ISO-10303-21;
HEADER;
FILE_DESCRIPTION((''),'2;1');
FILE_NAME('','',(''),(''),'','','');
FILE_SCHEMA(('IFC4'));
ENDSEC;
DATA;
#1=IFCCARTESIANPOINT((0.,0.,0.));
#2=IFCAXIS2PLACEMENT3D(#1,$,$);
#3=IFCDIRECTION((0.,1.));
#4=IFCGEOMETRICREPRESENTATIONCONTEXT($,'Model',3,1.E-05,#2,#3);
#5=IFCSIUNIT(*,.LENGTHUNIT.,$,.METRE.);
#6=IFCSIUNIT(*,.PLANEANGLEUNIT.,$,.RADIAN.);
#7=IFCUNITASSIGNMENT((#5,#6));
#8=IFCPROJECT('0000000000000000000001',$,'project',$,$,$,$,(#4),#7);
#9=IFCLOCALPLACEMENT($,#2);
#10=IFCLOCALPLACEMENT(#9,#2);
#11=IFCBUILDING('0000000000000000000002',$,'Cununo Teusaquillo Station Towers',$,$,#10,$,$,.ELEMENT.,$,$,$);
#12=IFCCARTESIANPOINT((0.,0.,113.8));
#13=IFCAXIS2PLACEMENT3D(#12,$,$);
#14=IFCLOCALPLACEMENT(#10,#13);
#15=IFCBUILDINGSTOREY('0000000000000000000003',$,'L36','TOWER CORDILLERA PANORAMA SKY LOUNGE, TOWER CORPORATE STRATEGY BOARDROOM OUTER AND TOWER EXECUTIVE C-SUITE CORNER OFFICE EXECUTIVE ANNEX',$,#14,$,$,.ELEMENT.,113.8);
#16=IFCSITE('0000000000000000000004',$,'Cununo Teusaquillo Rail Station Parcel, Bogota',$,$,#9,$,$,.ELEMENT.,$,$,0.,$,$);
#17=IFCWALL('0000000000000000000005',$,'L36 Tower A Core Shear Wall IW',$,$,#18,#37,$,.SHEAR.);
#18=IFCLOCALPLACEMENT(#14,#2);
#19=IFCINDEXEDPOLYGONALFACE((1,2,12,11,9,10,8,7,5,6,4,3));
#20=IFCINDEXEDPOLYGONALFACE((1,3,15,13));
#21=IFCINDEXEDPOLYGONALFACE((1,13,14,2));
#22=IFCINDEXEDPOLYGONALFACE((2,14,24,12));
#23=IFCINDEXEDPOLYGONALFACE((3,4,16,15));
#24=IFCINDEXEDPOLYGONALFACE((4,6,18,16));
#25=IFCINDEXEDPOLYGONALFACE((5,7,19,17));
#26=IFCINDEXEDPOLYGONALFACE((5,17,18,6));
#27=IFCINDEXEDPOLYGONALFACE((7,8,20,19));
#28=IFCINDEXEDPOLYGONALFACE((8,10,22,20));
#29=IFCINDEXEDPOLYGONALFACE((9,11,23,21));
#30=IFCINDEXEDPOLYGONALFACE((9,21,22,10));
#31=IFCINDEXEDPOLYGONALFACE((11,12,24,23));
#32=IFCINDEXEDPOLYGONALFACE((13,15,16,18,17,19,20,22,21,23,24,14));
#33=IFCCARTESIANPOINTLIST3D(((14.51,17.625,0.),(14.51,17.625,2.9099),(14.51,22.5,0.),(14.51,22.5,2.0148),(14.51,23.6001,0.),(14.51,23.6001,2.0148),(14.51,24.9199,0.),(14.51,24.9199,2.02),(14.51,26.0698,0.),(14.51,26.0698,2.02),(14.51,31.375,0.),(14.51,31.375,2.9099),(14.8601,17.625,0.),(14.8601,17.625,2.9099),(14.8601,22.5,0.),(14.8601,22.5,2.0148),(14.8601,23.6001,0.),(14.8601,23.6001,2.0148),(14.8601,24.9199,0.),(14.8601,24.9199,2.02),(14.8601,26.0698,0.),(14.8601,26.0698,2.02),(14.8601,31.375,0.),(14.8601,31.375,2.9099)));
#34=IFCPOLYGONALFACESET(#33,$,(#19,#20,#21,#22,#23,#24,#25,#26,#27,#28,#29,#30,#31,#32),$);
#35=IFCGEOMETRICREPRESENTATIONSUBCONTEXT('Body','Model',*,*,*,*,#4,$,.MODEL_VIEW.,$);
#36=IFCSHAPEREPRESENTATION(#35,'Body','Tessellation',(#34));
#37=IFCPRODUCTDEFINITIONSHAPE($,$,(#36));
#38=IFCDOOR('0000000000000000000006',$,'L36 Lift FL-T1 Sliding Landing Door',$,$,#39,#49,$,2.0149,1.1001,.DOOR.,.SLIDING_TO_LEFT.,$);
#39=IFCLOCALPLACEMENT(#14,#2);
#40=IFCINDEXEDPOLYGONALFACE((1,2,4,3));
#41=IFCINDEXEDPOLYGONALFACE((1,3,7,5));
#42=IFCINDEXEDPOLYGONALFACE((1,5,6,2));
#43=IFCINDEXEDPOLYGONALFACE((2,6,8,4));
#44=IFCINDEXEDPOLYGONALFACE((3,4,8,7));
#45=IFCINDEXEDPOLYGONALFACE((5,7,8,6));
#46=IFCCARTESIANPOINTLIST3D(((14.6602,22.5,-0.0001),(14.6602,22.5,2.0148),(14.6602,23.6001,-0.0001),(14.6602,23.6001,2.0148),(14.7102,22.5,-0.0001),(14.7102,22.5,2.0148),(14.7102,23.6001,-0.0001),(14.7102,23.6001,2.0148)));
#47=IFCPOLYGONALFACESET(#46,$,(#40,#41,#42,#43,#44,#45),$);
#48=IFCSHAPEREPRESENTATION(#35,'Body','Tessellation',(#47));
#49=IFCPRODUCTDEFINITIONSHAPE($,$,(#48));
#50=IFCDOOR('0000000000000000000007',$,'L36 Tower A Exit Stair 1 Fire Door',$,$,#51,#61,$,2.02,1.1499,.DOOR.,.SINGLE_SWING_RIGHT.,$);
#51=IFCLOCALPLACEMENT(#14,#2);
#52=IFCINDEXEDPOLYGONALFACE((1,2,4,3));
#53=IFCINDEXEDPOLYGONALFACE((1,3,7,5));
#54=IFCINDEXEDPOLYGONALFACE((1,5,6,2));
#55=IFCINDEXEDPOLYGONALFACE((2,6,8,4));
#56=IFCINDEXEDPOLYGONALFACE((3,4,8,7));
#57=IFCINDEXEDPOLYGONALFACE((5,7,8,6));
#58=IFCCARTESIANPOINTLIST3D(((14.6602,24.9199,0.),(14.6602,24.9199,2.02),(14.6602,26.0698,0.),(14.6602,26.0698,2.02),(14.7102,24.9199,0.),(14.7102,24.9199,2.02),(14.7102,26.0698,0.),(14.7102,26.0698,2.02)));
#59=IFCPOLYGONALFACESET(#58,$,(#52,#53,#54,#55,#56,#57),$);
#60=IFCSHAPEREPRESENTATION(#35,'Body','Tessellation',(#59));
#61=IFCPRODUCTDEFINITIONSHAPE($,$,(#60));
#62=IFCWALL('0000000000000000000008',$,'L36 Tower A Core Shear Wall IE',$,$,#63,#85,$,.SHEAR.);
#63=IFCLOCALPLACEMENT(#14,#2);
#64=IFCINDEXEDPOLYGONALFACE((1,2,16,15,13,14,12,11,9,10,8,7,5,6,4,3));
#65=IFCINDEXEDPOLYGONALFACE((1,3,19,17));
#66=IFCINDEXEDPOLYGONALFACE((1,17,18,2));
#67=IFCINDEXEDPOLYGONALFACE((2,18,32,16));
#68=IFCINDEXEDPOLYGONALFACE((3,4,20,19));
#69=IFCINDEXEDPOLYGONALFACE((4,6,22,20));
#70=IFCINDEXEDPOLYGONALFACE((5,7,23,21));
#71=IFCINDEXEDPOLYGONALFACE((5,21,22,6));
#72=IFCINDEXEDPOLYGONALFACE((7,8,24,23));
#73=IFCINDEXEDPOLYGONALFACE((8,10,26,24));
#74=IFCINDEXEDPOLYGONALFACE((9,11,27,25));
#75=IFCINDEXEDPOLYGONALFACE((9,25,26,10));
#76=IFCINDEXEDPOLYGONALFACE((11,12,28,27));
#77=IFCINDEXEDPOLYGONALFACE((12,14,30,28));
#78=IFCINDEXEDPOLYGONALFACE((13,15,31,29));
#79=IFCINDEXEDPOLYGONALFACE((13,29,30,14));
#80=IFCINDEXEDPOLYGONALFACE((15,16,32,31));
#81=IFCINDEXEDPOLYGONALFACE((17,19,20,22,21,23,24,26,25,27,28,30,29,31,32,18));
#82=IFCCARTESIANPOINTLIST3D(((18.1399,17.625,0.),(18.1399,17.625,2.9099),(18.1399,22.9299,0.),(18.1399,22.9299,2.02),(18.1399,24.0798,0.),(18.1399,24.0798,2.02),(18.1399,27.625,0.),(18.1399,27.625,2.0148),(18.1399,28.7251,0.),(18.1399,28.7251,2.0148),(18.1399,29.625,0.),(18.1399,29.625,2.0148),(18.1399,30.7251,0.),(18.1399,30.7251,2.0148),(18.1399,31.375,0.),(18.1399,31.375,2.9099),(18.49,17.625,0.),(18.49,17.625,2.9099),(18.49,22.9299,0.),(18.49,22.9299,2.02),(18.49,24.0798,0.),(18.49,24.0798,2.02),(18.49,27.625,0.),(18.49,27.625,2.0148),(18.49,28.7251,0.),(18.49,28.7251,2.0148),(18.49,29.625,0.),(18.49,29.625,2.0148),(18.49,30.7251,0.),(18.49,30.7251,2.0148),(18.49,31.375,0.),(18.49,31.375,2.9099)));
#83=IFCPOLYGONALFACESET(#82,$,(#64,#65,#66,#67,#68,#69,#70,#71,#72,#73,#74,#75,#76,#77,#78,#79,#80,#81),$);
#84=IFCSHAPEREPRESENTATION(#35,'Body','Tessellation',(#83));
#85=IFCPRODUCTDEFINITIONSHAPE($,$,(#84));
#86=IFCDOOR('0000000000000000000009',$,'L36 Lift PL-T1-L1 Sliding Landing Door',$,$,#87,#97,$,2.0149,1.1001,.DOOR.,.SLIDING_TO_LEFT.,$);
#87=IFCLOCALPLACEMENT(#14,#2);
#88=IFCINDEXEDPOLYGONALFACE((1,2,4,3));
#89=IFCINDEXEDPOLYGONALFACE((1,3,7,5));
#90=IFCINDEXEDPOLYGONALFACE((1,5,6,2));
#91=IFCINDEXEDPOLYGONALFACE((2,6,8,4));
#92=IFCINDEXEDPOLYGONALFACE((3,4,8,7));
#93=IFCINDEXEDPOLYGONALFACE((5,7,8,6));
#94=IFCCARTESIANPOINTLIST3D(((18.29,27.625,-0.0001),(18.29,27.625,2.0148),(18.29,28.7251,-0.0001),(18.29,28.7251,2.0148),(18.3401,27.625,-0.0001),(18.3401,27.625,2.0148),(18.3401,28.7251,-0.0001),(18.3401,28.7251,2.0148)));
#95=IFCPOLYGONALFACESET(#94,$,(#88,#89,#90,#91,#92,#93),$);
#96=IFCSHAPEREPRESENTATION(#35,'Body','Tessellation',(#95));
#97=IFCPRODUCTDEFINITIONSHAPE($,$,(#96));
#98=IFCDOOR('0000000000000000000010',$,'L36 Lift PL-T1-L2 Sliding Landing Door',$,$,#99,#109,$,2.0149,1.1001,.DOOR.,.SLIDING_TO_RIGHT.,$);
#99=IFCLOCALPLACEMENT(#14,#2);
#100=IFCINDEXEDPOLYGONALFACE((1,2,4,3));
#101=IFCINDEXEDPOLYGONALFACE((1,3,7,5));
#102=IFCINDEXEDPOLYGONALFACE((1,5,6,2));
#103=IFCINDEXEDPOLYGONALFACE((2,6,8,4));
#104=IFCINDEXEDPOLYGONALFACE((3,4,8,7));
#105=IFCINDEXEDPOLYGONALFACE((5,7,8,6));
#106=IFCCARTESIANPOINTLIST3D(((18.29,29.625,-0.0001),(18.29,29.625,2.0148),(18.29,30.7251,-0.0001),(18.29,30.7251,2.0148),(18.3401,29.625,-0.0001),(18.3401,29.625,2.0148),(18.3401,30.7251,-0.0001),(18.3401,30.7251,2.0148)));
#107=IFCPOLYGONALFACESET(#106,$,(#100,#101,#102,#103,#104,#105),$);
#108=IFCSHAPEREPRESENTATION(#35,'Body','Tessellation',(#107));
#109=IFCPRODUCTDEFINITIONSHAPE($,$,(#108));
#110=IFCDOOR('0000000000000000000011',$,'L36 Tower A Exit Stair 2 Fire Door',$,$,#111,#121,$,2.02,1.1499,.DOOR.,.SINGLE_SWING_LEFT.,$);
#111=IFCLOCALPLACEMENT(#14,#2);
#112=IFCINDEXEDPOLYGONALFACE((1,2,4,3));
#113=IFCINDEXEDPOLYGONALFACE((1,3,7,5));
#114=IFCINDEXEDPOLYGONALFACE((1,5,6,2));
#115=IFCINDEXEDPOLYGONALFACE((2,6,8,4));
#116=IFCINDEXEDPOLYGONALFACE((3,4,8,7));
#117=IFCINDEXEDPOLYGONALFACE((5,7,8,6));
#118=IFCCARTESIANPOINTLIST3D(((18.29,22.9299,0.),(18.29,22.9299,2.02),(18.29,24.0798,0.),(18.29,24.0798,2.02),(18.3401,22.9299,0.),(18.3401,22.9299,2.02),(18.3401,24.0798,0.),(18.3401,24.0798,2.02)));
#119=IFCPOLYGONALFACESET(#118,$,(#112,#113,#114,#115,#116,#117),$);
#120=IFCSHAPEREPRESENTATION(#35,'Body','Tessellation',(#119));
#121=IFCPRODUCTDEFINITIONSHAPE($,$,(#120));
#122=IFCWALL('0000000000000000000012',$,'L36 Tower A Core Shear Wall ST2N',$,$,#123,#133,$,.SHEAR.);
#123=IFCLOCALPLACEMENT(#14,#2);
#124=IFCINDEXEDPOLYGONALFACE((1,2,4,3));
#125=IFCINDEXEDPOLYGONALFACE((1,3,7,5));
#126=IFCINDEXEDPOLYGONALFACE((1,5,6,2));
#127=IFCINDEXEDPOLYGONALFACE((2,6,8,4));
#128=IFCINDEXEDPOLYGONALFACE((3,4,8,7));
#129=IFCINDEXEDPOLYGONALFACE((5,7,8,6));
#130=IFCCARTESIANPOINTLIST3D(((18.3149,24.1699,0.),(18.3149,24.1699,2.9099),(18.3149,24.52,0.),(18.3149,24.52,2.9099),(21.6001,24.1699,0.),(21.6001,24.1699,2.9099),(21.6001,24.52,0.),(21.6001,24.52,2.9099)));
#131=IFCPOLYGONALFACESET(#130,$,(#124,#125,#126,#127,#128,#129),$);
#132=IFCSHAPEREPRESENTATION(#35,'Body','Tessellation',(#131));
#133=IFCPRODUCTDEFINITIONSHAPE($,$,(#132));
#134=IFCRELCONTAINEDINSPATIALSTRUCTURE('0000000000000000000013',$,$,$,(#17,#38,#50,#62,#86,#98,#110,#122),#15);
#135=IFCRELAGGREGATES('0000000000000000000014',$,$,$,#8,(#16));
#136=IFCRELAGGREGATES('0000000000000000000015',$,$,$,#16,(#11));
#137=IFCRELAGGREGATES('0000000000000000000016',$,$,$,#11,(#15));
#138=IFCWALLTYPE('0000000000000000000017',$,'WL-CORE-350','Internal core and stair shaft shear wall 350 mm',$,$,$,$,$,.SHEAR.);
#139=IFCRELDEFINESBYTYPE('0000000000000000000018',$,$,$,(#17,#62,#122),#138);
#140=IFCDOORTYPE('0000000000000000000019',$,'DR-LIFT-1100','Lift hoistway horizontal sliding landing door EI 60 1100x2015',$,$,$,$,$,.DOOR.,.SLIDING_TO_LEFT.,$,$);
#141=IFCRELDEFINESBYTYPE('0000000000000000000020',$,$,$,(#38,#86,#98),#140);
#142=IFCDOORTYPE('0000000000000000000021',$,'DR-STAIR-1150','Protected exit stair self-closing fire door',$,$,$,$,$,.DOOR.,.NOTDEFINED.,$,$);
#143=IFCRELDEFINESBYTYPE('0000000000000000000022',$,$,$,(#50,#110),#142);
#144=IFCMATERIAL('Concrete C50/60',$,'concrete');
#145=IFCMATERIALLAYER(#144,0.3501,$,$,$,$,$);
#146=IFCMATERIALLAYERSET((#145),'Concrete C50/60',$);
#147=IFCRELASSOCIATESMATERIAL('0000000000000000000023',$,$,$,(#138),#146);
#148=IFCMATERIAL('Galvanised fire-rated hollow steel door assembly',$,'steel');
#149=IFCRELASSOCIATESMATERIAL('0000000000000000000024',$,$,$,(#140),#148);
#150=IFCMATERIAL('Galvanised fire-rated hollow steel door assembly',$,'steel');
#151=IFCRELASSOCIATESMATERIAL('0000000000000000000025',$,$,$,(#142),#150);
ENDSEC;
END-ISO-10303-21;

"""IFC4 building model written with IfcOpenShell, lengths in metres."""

from ifc_helpers import new_model, si_unit, direction, frame, frame_2d, origin, place, context, subcontext, project, spatial, rectangle, extrude, source, transform, mapped, material, layer, layer_set, type_object, element, fill, save


model = new_model("IFC4")

# Units and contexts
model_context = context("Model", 3, precision=1e-05, world=origin(), true_north=direction((0.0, 1.0)))
body_context = subcontext(model_context, "Body", "Model", "MODEL_VIEW")
ifc_project = project(units=[si_unit("LENGTHUNIT", "METRE"), si_unit("PLANEANGLEUNIT", "RADIAN")], contexts=[model_context])

# Site, building, storey
site_placement = place(None, origin())
site = spatial("IfcSite", under=ifc_project, at=site_placement, Name="Cununo Teusaquillo Rail Station Parcel, Bogota", CompositionType="ELEMENT", RefElevation=0.0)
building_placement = place(site_placement, origin())
building = spatial("IfcBuilding", under=site, at=building_placement, Name="Cununo Teusaquillo Station Towers", CompositionType="ELEMENT")
storey_placement = place(building_placement, frame((0.0, 0.0, 113.8)))
storey = spatial("IfcBuildingStorey", under=building, at=storey_placement, Name="L36", Description="TOWER CORDILLERA PANORAMA SKY LOUNGE, TOWER CORPORATE STRATEGY BOARDROOM OUTER AND TOWER EXECUTIVE C-SUITE CORNER OFFICE EXECUTIVE ANNEX", CompositionType="ELEMENT", Elevation=113.8)

# Walls, openings, doors
ifc_material_1 = material(Name="Concrete C50/60", Category="concrete")
ifc_layer_1 = layer(ifc_material_1, 0.3501)
ifc_layer_set_1 = layer_set([ifc_layer_1], Name="Concrete C50/60")
wall_type_1 = type_object("IfcWallType", Name="WL-CORE-350", Description="Internal core and stair shaft shear wall 350 mm", PredefinedType="SHEAR", material=ifc_layer_set_1)
wall_1_placement = place(storey_placement, frame((14.6851, 17.625, 0.0), z_axis=(0.0, 0.0, 1.0), x_axis=(0.0, 1.0, 0.0)))
wall_1 = element("IfcWall", 1, at=wall_1_placement, inside=storey, type_object=wall_type_1, Name="L36 Tower A Core Shear Wall IW", PredefinedType="SHEAR", context=body_context, shape_type="SweptSolid", body=[
    extrude(rectangle(XDim=13.75, YDim=0.3501, at=frame_2d((6.875, 0.0))), origin(), (0.0, 0.0, 1.0), 2.9099),
])
shared_shape_1 = source(origin(), body_context, "Body", "SweptSolid", [
    extrude(rectangle(XDim=1.1001, YDim=2.0149, at=frame_2d((0.55, 1.0073))), frame((0.0, 0.1851, 0.0), z_axis=(0.0, -1.0, 0.0), x_axis=(1.0, 0.0, 0.0)), (0.0, 0.0, 1.0), 0.3701),
])
opening_1_placement = place(wall_1_placement, frame((4.875, 0.0, 0.0)))
opening_1 = element("IfcOpeningElement", 2, at=opening_1_placement, cuts=wall_1, PredefinedType="OPENING", context=body_context, shape_type="MappedRepresentation", body=[
    mapped(shared_shape_1, transform((0.0, 0.0, 0.0), x_axis=(1.0, 0.0, 0.0), y_axis=(0.0, 1.0, 0.0), z_axis=(0.0, 0.0, 1.0), scale=1.0)),
])
shared_shape_2 = source(origin(), body_context, "Body", "SweptSolid", [
    extrude(rectangle(XDim=1.1499, YDim=2.02, at=frame_2d((0.575, 1.01))), frame((0.0, 0.1851, 0.0), z_axis=(0.0, -1.0, 0.0), x_axis=(1.0, 0.0, 0.0)), (0.0, 0.0, 1.0), 0.3701),
])
opening_2_placement = place(wall_1_placement, frame((7.2949, 0.0, 0.0)))
opening_2 = element("IfcOpeningElement", 3, at=opening_2_placement, cuts=wall_1, PredefinedType="OPENING", context=body_context, shape_type="MappedRepresentation", body=[
    mapped(shared_shape_2, transform((0.0, 0.0, 0.0), x_axis=(1.0, 0.0, 0.0), y_axis=(0.0, 1.0, 0.0), z_axis=(0.0, 0.0, 1.0), scale=1.0)),
])
ifc_material_2 = material(Name="Galvanised fire-rated hollow steel door assembly", Category="steel")
door_type_1 = type_object("IfcDoorType", Name="DR-LIFT-1100", Description="Lift hoistway horizontal sliding landing door EI 60 1100x2015", OperationType="SLIDING_TO_LEFT", PredefinedType="DOOR", material=ifc_material_2)
shared_shape_3 = source(origin(), body_context, "Body", "SweptSolid", [
    extrude(rectangle(XDim=1.1001, YDim=2.0149, at=frame_2d((0.55, 1.0073))), frame((0.0, 0.0249, 0.0), z_axis=(0.0, -1.0, 0.0), x_axis=(1.0, 0.0, 0.0)), (0.0, 0.0, 1.0), 0.05),
])
door_1_placement = place(opening_1_placement, origin())
door_1 = element("IfcDoor", 4, at=door_1_placement, inside=storey, type_object=door_type_1, Name="L36 Lift FL-T1 Sliding Landing Door", OperationType="SLIDING_TO_LEFT", OverallHeight=2.0149, OverallWidth=1.1001, PredefinedType="DOOR", context=body_context, shape_type="MappedRepresentation", body=[
    mapped(shared_shape_3, transform((0.0, 0.0, 0.0), x_axis=(1.0, 0.0, 0.0), y_axis=(0.0, 1.0, 0.0), z_axis=(0.0, 0.0, 1.0), scale=1.0)),
])
fill(opening_1, door_1)
ifc_material_3 = material(Name="Galvanised fire-rated hollow steel door assembly", Category="steel")
door_type_2 = type_object("IfcDoorType", Name="DR-STAIR-1150", Description="Protected exit stair self-closing fire door", OperationType="NOTDEFINED", PredefinedType="DOOR", material=ifc_material_3)
shared_shape_4 = source(origin(), body_context, "Body", "SweptSolid", [
    extrude(rectangle(XDim=1.1499, YDim=2.02, at=frame_2d((0.575, 1.01))), frame((0.0, 0.0249, 0.0), z_axis=(0.0, -1.0, 0.0), x_axis=(1.0, 0.0, 0.0)), (0.0, 0.0, 1.0), 0.05),
])
door_2_placement = place(opening_2_placement, origin())
door_2 = element("IfcDoor", 5, at=door_2_placement, inside=storey, type_object=door_type_2, Name="L36 Tower A Exit Stair 1 Fire Door", OperationType="SINGLE_SWING_RIGHT", OverallHeight=2.02, OverallWidth=1.1499, PredefinedType="DOOR", context=body_context, shape_type="MappedRepresentation", body=[
    mapped(shared_shape_4, transform((0.0, 0.0, 0.0), x_axis=(1.0, 0.0, 0.0), y_axis=(0.0, 1.0, 0.0), z_axis=(0.0, 0.0, 1.0), scale=1.0)),
])
fill(opening_2, door_2)
wall_2_placement = place(storey_placement, frame((18.3149, 17.625, 0.0), z_axis=(0.0, 0.0, 1.0), x_axis=(0.0, 1.0, 0.0)))
wall_2 = element("IfcWall", 6, at=wall_2_placement, inside=storey, type_object=wall_type_1, Name="L36 Tower A Core Shear Wall IE", PredefinedType="SHEAR", context=body_context, shape_type="SweptSolid", body=[
    extrude(rectangle(XDim=13.75, YDim=0.3501, at=frame_2d((6.875, 0.0))), origin(), (0.0, 0.0, 1.0), 2.9099),
])
opening_3_placement = place(wall_2_placement, frame((10.0, 0.0, 0.0)))
opening_3 = element("IfcOpeningElement", 7, at=opening_3_placement, cuts=wall_2, PredefinedType="OPENING", context=body_context, shape_type="MappedRepresentation", body=[
    mapped(shared_shape_1, transform((0.0, 0.0, 0.0), x_axis=(1.0, 0.0, 0.0), y_axis=(0.0, 1.0, 0.0), z_axis=(0.0, 0.0, 1.0), scale=1.0)),
])
opening_4_placement = place(wall_2_placement, frame((12.0, 0.0, 0.0)))
opening_4 = element("IfcOpeningElement", 8, at=opening_4_placement, cuts=wall_2, PredefinedType="OPENING", context=body_context, shape_type="MappedRepresentation", body=[
    mapped(shared_shape_1, transform((0.0, 0.0, 0.0), x_axis=(1.0, 0.0, 0.0), y_axis=(0.0, 1.0, 0.0), z_axis=(0.0, 0.0, 1.0), scale=1.0)),
])
opening_5_placement = place(wall_2_placement, frame((5.3049, 0.0, 0.0)))
opening_5 = element("IfcOpeningElement", 9, at=opening_5_placement, cuts=wall_2, PredefinedType="OPENING", context=body_context, shape_type="MappedRepresentation", body=[
    mapped(shared_shape_2, transform((0.0, 0.0, 0.0), x_axis=(1.0, 0.0, 0.0), y_axis=(0.0, 1.0, 0.0), z_axis=(0.0, 0.0, 1.0), scale=1.0)),
])
door_3_placement = place(opening_3_placement, origin())
door_3 = element("IfcDoor", 10, at=door_3_placement, inside=storey, type_object=door_type_1, Name="L36 Lift PL-T1-L1 Sliding Landing Door", OperationType="SLIDING_TO_LEFT", OverallHeight=2.0149, OverallWidth=1.1001, PredefinedType="DOOR", context=body_context, shape_type="MappedRepresentation", body=[
    mapped(shared_shape_3, transform((0.0, 0.0, 0.0), x_axis=(1.0, 0.0, 0.0), y_axis=(0.0, 1.0, 0.0), z_axis=(0.0, 0.0, 1.0), scale=1.0)),
])
fill(opening_3, door_3)
door_4_placement = place(opening_4_placement, origin())
door_4 = element("IfcDoor", 11, at=door_4_placement, inside=storey, type_object=door_type_1, Name="L36 Lift PL-T1-L2 Sliding Landing Door", OperationType="SLIDING_TO_RIGHT", OverallHeight=2.0149, OverallWidth=1.1001, PredefinedType="DOOR", context=body_context, shape_type="MappedRepresentation", body=[
    mapped(shared_shape_3, transform((0.0, 0.0, 0.0), x_axis=(1.0, 0.0, 0.0), y_axis=(0.0, 1.0, 0.0), z_axis=(0.0, 0.0, 1.0), scale=1.0)),
])
fill(opening_4, door_4)
door_5_placement = place(opening_5_placement, origin())
door_5 = element("IfcDoor", 12, at=door_5_placement, inside=storey, type_object=door_type_2, Name="L36 Tower A Exit Stair 2 Fire Door", OperationType="SINGLE_SWING_LEFT", OverallHeight=2.02, OverallWidth=1.1499, PredefinedType="DOOR", context=body_context, shape_type="MappedRepresentation", body=[
    mapped(shared_shape_4, transform((0.0, 0.0, 0.0), x_axis=(1.0, 0.0, 0.0), y_axis=(0.0, 1.0, 0.0), z_axis=(0.0, 0.0, 1.0), scale=1.0)),
])
fill(opening_5, door_5)

# Wall
wall_3_placement = place(storey_placement, frame((18.3149, 24.345, 0.0), z_axis=(0.0, 0.0, 1.0), x_axis=(1.0, 0.0, 0.0)))
element("IfcWall", 13, at=wall_3_placement, inside=storey, type_object=wall_type_1, Name="L36 Tower A Core Shear Wall ST2N", PredefinedType="SHEAR", context=body_context, shape_type="SweptSolid", body=[
    extrude(rectangle(XDim=3.2852, YDim=0.3501, at=frame_2d((1.6426, 0.0))), origin(), (0.0, 0.0, 1.0), 2.9099),
])

save(model, "model.ifc")
